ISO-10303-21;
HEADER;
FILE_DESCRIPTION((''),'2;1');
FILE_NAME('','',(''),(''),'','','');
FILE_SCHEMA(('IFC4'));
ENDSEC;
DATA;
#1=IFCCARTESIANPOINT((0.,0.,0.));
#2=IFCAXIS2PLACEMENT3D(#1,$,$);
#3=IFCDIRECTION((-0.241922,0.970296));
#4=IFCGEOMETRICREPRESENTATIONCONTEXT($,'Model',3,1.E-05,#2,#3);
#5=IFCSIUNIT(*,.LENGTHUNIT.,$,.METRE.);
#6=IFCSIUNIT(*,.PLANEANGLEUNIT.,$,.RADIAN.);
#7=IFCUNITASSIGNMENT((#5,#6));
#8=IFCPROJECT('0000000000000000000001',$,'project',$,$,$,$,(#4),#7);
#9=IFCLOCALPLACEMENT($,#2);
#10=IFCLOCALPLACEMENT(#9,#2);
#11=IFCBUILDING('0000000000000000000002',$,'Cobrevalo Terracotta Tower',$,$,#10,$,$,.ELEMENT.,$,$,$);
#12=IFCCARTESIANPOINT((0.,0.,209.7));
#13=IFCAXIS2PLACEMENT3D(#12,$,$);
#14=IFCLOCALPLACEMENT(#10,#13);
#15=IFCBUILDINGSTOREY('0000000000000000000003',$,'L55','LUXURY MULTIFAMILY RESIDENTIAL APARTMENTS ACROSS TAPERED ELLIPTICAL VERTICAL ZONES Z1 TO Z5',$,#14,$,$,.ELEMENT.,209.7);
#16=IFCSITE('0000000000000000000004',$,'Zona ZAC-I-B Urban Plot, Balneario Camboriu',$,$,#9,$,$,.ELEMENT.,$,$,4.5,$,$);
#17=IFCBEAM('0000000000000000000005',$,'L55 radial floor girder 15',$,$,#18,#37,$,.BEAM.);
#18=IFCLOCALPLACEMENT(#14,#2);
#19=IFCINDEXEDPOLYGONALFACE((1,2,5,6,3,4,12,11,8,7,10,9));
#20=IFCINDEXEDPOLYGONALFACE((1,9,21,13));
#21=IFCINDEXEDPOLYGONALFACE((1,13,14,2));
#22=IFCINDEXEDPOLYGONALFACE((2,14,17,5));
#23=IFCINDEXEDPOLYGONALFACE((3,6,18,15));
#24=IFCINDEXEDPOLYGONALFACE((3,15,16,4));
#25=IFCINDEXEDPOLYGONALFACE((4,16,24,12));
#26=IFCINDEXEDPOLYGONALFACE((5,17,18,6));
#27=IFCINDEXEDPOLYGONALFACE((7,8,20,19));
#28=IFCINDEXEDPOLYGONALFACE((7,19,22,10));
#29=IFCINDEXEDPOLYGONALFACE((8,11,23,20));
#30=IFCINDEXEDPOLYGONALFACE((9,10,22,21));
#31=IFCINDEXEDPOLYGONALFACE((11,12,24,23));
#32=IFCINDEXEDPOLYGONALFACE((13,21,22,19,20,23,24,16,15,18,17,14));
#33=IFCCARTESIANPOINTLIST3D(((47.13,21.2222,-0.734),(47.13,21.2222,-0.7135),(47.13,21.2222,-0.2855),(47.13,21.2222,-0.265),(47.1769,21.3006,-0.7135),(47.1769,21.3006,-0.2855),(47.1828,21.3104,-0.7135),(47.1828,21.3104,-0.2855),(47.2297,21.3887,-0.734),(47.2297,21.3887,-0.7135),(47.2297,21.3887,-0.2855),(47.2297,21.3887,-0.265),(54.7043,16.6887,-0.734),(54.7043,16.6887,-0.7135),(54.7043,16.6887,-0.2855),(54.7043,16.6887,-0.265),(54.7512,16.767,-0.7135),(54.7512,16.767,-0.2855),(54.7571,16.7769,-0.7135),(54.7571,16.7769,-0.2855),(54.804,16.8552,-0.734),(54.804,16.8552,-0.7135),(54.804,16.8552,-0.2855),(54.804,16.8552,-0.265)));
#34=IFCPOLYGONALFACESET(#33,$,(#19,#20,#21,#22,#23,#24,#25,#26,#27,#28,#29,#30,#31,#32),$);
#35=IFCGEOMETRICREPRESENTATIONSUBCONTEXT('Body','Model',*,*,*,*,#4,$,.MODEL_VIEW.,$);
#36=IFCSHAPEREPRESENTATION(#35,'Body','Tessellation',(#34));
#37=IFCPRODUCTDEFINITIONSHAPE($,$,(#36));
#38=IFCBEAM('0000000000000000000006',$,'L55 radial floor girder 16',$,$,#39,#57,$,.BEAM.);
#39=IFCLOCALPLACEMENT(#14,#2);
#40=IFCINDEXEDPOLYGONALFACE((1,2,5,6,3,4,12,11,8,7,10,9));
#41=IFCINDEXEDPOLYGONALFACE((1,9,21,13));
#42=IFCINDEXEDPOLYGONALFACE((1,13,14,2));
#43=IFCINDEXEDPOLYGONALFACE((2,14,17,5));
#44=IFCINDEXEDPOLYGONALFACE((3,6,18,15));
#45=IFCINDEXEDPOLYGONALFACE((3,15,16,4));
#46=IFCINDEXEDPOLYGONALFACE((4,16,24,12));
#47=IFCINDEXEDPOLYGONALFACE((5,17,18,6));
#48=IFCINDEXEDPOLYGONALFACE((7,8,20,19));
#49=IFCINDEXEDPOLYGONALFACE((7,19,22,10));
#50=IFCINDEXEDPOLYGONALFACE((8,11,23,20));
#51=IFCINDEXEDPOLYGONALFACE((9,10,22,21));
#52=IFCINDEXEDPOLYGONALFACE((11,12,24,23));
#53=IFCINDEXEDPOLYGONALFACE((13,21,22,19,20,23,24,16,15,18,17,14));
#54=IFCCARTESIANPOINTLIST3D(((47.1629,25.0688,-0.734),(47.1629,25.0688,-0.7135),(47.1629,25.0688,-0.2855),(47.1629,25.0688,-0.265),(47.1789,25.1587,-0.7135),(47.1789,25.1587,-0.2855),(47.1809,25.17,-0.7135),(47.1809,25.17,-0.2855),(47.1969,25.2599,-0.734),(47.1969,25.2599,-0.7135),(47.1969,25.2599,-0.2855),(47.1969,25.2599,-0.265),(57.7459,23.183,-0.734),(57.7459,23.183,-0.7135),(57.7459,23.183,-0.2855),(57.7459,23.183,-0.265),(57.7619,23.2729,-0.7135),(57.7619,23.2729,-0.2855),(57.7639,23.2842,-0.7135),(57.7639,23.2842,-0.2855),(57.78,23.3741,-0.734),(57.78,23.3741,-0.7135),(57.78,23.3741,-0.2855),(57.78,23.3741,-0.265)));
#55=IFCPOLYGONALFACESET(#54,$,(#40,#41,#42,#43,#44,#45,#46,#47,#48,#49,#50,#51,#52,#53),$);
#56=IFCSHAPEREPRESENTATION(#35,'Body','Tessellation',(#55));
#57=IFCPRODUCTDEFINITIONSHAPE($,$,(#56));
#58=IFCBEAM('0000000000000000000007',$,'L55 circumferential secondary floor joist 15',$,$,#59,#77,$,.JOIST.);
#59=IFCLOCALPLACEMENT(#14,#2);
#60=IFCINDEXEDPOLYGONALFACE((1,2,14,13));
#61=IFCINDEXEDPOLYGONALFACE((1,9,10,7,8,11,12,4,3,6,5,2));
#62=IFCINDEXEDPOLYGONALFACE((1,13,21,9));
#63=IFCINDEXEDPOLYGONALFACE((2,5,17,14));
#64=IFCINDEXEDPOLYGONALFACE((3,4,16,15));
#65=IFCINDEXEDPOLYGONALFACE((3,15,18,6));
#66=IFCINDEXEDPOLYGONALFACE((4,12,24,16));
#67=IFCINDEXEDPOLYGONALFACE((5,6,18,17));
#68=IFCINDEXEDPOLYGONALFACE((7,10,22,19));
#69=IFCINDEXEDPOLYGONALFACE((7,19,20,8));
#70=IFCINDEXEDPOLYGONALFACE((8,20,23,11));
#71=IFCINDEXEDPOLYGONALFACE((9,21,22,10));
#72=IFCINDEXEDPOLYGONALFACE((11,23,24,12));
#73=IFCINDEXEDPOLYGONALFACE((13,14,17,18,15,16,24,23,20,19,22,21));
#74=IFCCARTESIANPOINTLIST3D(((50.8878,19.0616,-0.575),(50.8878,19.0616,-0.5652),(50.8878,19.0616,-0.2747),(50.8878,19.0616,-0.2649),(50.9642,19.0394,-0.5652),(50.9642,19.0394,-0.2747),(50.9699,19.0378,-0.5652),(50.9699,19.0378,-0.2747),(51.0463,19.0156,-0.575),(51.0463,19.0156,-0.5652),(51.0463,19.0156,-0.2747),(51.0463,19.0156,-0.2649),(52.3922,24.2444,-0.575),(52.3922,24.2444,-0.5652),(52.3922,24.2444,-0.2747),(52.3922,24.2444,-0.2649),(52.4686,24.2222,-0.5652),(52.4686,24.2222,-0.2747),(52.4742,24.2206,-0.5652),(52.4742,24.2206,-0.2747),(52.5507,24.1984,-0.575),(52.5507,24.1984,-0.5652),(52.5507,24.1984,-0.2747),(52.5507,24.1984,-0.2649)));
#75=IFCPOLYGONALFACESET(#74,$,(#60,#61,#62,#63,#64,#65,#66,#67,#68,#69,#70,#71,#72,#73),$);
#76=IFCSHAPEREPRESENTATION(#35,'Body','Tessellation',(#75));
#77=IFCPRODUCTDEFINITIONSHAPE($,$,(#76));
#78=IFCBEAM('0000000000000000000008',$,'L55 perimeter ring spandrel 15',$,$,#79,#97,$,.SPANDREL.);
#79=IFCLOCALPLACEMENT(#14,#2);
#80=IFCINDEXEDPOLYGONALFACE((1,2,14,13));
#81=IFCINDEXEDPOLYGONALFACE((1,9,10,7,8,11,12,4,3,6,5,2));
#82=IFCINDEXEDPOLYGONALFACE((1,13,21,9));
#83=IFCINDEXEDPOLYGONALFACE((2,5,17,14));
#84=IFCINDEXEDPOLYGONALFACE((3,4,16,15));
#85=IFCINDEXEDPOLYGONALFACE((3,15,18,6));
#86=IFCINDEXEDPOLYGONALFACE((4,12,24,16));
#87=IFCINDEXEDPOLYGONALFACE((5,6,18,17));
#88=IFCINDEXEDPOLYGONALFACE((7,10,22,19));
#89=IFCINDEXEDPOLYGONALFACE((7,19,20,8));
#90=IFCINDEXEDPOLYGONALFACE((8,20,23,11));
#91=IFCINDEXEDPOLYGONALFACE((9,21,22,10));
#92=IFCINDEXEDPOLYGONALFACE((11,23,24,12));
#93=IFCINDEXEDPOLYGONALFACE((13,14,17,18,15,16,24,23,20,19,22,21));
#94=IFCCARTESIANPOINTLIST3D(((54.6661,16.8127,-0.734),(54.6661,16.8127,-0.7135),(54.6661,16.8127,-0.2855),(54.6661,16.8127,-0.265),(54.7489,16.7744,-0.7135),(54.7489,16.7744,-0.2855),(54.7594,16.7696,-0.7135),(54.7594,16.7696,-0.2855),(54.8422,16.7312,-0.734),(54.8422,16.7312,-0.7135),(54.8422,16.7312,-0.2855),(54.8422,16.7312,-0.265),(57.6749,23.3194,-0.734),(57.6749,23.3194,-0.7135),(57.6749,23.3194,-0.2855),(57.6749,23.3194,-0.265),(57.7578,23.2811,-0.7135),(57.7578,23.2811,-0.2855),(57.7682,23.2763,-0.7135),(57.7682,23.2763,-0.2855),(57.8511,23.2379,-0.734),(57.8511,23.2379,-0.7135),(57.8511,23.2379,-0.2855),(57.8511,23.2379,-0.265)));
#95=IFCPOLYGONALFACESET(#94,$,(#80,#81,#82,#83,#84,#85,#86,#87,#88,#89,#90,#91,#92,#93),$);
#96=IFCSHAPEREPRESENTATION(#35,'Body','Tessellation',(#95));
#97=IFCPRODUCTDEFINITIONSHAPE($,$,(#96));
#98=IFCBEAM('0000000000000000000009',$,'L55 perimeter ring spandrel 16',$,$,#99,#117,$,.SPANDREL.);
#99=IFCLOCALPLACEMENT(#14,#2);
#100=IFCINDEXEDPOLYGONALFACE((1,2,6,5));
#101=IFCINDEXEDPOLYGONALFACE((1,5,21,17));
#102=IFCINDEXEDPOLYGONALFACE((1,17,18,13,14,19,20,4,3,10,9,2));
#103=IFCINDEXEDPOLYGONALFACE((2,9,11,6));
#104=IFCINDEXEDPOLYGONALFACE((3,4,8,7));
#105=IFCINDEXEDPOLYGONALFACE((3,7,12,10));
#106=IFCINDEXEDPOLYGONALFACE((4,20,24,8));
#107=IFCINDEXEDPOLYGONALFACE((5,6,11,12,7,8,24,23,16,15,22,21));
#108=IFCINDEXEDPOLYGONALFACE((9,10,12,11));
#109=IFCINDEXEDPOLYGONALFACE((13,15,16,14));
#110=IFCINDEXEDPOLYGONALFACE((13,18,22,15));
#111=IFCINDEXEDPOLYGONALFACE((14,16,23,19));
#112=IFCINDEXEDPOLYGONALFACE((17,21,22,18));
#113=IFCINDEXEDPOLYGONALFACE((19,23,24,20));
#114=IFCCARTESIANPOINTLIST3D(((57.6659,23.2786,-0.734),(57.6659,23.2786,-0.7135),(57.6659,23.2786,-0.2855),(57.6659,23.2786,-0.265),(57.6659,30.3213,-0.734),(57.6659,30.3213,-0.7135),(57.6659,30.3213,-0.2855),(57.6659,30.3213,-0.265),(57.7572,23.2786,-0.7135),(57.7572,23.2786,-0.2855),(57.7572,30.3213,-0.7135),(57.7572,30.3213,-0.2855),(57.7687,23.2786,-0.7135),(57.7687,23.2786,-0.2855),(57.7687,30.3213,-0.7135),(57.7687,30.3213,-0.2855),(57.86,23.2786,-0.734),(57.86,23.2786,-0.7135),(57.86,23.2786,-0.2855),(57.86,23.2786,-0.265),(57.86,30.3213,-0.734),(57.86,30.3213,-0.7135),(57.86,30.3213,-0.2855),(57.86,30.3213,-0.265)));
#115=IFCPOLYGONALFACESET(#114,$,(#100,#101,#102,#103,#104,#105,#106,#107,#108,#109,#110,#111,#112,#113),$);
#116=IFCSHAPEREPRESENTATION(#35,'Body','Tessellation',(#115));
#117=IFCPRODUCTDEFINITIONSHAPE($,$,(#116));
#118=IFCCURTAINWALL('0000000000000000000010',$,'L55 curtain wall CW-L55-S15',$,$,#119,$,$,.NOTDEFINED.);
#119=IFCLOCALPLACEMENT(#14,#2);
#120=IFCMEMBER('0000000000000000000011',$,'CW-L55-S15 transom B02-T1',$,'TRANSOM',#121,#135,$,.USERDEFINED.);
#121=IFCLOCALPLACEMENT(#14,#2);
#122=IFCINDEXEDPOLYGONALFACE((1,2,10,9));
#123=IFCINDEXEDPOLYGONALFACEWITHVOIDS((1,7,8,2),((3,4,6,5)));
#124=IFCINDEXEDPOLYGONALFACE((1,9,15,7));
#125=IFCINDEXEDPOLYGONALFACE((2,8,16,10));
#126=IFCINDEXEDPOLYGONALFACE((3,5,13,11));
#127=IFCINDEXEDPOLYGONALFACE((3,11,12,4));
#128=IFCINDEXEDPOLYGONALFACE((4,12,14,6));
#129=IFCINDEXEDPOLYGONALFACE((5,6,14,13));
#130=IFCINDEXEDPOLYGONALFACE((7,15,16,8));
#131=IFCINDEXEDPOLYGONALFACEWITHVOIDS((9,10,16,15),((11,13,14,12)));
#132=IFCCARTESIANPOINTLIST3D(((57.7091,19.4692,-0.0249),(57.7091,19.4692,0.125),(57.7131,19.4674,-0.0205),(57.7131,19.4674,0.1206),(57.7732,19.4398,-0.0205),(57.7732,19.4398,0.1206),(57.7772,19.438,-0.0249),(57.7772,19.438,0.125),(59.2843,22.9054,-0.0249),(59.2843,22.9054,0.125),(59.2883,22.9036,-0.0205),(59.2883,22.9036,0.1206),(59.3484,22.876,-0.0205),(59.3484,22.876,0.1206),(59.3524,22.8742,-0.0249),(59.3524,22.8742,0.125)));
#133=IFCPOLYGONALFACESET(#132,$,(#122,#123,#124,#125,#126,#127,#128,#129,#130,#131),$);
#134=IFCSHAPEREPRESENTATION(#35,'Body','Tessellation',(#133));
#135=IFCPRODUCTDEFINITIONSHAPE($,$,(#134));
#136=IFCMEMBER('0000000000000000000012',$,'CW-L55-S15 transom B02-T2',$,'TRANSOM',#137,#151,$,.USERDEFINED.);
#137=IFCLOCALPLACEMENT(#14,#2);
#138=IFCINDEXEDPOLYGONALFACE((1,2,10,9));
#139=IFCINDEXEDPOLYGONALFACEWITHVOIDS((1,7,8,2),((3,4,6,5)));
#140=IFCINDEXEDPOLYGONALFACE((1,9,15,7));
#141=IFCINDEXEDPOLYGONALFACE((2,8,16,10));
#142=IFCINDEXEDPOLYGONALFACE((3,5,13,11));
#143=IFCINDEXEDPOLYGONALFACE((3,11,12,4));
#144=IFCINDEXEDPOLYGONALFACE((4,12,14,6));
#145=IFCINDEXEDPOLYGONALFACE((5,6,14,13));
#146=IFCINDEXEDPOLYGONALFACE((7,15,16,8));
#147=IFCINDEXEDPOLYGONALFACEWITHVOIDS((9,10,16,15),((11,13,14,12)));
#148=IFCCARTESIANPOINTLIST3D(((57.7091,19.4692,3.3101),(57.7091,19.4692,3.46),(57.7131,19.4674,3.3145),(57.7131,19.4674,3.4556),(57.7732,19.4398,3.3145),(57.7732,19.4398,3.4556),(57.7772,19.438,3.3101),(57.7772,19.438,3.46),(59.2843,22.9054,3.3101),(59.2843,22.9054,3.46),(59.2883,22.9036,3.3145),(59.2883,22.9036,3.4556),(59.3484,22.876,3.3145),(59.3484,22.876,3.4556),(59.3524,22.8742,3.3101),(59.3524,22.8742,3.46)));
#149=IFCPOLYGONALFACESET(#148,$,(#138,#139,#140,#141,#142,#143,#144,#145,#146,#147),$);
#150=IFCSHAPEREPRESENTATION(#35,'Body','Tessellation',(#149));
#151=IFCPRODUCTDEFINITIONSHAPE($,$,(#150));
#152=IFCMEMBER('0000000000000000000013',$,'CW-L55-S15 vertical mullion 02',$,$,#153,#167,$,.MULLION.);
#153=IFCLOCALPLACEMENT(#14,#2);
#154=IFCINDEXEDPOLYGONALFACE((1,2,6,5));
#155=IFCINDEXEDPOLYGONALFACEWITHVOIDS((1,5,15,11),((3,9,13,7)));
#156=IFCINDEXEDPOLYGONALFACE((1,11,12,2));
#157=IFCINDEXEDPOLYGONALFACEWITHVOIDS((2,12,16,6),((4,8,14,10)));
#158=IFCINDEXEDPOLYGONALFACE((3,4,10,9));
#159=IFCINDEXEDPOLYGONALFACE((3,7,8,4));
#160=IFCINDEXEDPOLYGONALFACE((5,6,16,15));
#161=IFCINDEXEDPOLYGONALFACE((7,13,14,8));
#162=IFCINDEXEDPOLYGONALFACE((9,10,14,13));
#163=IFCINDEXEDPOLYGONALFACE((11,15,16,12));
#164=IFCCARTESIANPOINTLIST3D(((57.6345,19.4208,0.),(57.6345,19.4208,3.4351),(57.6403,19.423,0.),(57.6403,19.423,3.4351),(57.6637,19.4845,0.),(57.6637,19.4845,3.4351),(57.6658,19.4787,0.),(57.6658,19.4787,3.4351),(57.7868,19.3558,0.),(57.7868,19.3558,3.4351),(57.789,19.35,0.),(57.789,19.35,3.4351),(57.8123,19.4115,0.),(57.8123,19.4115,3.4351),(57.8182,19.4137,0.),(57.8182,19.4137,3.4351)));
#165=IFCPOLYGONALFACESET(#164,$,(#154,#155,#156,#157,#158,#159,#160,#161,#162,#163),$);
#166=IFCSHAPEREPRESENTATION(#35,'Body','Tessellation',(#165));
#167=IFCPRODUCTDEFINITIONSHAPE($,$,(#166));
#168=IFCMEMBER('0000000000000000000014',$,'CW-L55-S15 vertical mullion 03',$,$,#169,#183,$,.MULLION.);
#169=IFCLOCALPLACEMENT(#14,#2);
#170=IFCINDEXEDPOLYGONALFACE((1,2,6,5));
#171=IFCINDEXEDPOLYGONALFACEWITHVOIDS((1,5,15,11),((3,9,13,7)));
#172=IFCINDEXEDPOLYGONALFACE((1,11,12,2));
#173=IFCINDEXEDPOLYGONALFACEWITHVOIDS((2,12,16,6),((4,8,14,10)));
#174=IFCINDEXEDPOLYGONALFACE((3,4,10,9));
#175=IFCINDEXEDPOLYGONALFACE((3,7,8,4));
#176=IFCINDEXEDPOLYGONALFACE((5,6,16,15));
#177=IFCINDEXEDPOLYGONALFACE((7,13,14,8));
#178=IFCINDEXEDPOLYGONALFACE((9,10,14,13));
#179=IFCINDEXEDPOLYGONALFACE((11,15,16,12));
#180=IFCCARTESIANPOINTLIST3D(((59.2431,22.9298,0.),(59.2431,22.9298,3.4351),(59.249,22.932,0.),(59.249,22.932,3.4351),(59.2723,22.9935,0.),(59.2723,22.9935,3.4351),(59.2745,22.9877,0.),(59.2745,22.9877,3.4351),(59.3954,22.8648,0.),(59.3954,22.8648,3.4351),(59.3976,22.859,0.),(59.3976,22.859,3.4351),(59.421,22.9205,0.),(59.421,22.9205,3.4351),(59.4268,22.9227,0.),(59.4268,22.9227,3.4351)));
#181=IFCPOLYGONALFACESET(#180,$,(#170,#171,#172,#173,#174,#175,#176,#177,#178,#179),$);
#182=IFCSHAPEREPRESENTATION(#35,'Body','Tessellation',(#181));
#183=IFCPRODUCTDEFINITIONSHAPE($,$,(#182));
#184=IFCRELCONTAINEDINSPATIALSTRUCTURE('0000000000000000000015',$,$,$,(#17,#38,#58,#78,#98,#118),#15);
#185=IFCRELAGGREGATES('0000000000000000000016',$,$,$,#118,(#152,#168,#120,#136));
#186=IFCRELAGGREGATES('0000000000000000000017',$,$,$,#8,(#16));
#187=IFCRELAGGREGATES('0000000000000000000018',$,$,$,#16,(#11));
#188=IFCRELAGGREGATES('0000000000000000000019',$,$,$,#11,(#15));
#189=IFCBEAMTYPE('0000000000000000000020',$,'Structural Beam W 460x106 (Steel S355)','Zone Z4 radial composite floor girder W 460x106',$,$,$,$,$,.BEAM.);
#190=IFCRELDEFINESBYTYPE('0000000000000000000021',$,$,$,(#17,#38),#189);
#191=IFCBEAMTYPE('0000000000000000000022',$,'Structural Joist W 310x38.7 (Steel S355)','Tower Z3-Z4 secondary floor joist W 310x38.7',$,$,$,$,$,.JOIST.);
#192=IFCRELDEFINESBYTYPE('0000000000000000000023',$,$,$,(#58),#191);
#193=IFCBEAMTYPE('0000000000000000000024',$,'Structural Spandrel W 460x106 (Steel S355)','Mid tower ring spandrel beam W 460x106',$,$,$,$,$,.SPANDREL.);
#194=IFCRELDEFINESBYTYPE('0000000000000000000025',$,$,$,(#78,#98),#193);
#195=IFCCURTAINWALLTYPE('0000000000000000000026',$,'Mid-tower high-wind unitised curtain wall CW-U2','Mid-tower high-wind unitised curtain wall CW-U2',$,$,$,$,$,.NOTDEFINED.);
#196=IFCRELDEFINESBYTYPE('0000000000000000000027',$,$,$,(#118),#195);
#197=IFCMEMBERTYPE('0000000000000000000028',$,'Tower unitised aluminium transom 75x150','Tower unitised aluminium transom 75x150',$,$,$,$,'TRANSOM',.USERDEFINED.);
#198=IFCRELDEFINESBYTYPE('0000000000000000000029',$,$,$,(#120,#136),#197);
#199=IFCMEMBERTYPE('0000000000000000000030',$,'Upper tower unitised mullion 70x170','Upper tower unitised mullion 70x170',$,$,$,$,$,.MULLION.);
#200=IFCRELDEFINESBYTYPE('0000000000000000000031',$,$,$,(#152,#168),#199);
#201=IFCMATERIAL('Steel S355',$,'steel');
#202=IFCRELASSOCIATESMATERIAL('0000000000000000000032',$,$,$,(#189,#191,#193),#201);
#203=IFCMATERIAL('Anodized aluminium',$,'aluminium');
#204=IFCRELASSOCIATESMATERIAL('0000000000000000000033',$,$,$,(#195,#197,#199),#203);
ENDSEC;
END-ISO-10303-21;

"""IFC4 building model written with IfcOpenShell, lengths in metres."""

from ifc_helpers import new_model, si_unit, direction, frame, origin, origin_2d, place, context, subcontext, project, spatial, hollow_rectangle, i_section, extrude, source, transform, mapped, material, material_profile, profile_set, type_object, element, aggregate, save


model = new_model("IFC4")

# Units and contexts
model_context = context("Model", 3, precision=1e-05, world=origin(), true_north=direction((-0.241922, 0.970296)))
body_context = subcontext(model_context, "Body", "Model", "MODEL_VIEW")
ifc_project = project(units=[si_unit("LENGTHUNIT", "METRE"), si_unit("PLANEANGLEUNIT", "RADIAN")], contexts=[model_context])

# Site, building, storey
site_placement = place(None, origin())
site = spatial("IfcSite", under=ifc_project, at=site_placement, Name="Zona ZAC-I-B Urban Plot, Balneario Camboriu", CompositionType="ELEMENT", RefElevation=4.5)
building_placement = place(site_placement, origin())
building = spatial("IfcBuilding", under=site, at=building_placement, Name="Cobrevalo Terracotta Tower", CompositionType="ELEMENT")
storey_placement = place(building_placement, frame((0.0, 0.0, 209.7)))
storey = spatial("IfcBuildingStorey", under=building, at=storey_placement, Name="L55", Description="LUXURY MULTIFAMILY RESIDENTIAL APARTMENTS ACROSS TAPERED ELLIPTICAL VERTICAL ZONES Z1 TO Z5", CompositionType="ELEMENT", Elevation=209.7)

# Shared definitions
ifc_material_1 = material(Name="Steel S355", Category="steel")

# Beams
ifc_material_profile_1 = material_profile(ifc_material_1, i_section(OverallWidth=0.1941, OverallDepth=0.469, WebThickness=0.0115, FlangeThickness=0.0205, at=origin_2d()), Name="W 460x106")
ifc_profile_set_1 = profile_set([ifc_material_profile_1], Name="Steel S355")
beam_type_1 = type_object("IfcBeamType", Name="Structural Beam W 460x106 (Steel S355)", Description="Zone Z4 radial composite floor girder W 460x106", PredefinedType="BEAM", material=ifc_profile_set_1)
beam_1_placement = place(storey_placement, frame((54.7542, 16.772, -0.4995), z_axis=(-0.858046, 0.513572, 0.0), x_axis=(-0.513572, -0.858046, 0.0)))
element("IfcBeam", 1, at=beam_1_placement, inside=storey, type_object=beam_type_1, Name="L55 radial floor girder 15", PredefinedType="BEAM", context=body_context, shape_type="SweptSolid", body=[
    extrude(i_section(OverallWidth=0.1941, OverallDepth=0.469, WebThickness=0.0115, FlangeThickness=0.0205, at=origin_2d()), origin(), (0.0, 0.0, 1.0), 8.8274),
])
beam_2_placement = place(storey_placement, frame((57.7629, 23.2786, -0.4995), z_axis=(-0.984493, 0.175423, 0.0), x_axis=(-0.175423, -0.984493, 0.0)))
element("IfcBeam", 2, at=beam_2_placement, inside=storey, type_object=beam_type_1, Name="L55 radial floor girder 16", PredefinedType="BEAM", context=body_context, shape_type="SweptSolid", body=[
    extrude(i_section(OverallWidth=0.1941, OverallDepth=0.469, WebThickness=0.0115, FlangeThickness=0.0205, at=origin_2d()), origin(), (0.0, 0.0, 1.0), 10.7498),
])
ifc_material_profile_2 = material_profile(ifc_material_1, i_section(OverallWidth=0.165, OverallDepth=0.3101, WebThickness=0.0059, FlangeThickness=0.0098, at=origin_2d()), Name="W 310x38.7")
ifc_profile_set_2 = profile_set([ifc_material_profile_2], Name="Steel S355")
beam_type_2 = type_object("IfcBeamType", Name="Structural Joist W 310x38.7 (Steel S355)", Description="Tower Z3-Z4 secondary floor joist W 310x38.7", PredefinedType="JOIST", material=ifc_profile_set_2)
beam_3_placement = place(storey_placement, frame((50.967, 19.0386, -0.4199), z_axis=(0.278758, 0.960361, 0.0), x_axis=(-0.960361, 0.278758, 0.0)))
element("IfcBeam", 3, at=beam_3_placement, inside=storey, type_object=beam_type_2, Name="L55 circumferential secondary floor joist 15", PredefinedType="JOIST", context=body_context, shape_type="SweptSolid", body=[
    extrude(i_section(OverallWidth=0.165, OverallDepth=0.3101, WebThickness=0.0059, FlangeThickness=0.0098, at=origin_2d()), origin(), (0.0, 0.0, 1.0), 5.3967),
])
ifc_material_profile_3 = material_profile(ifc_material_1, i_section(OverallWidth=0.1941, OverallDepth=0.469, WebThickness=0.0115, FlangeThickness=0.0205, at=origin_2d()), Name="W 460x106")
ifc_profile_set_3 = profile_set([ifc_material_profile_3], Name="Steel S355")
beam_type_3 = type_object("IfcBeamType", Name="Structural Spandrel W 460x106 (Steel S355)", Description="Mid tower ring spandrel beam W 460x106", PredefinedType="SPANDREL", material=ifc_profile_set_3)
beam_4_placement = place(storey_placement, frame((54.7542, 16.772, -0.4995), z_axis=(0.419719, 0.907654, 0.0), x_axis=(-0.907654, 0.419719, 0.0)))
element("IfcBeam", 4, at=beam_4_placement, inside=storey, type_object=beam_type_3, Name="L55 perimeter ring spandrel 15", PredefinedType="SPANDREL", context=body_context, shape_type="SweptSolid", body=[
    extrude(i_section(OverallWidth=0.1941, OverallDepth=0.469, WebThickness=0.0115, FlangeThickness=0.0205, at=origin_2d()), origin(), (0.0, 0.0, 1.0), 7.1687),
])
beam_5_placement = place(storey_placement, frame((57.7629, 23.2786, -0.4995), z_axis=(0.0, 1.0, 0.0), x_axis=(-1.0, 0.0, 0.0)))
element("IfcBeam", 5, at=beam_5_placement, inside=storey, type_object=beam_type_3, Name="L55 perimeter ring spandrel 16", PredefinedType="SPANDREL", context=body_context, shape_type="SweptSolid", body=[
    extrude(i_section(OverallWidth=0.1941, OverallDepth=0.469, WebThickness=0.0115, FlangeThickness=0.0205, at=origin_2d()), origin(), (0.0, 0.0, 1.0), 7.0427),
])

# Curtain wall, members
ifc_material_2 = material(Name="Anodized aluminium", Category="aluminium")
curtain_wall_type = type_object("IfcCurtainWallType", Name="Mid-tower high-wind unitised curtain wall CW-U2", Description="Mid-tower high-wind unitised curtain wall CW-U2", PredefinedType="NOTDEFINED", material=ifc_material_2)
curtain_wall_placement = place(storey_placement, origin())
curtain_wall = element("IfcCurtainWall", 6, at=curtain_wall_placement, inside=storey, type_object=curtain_wall_type, Name="L55 curtain wall CW-L55-S15", PredefinedType="NOTDEFINED")
ifc_material_profile_4 = material_profile(ifc_material_2, hollow_rectangle(XDim=0.075, YDim=0.1499, WallThickness=0.0044, at=origin_2d()), Name="CWT 75x150")
ifc_profile_set_4 = profile_set([ifc_material_profile_4], Name="Anodized aluminium")
member_type_1 = type_object("IfcMemberType", Name="Tower unitised aluminium transom 75x150", Description="Tower unitised aluminium transom 75x150", ElementType="TRANSOM", PredefinedType="USERDEFINED", material=ifc_profile_set_4)
shared_shape_1 = source(origin(), body_context, "Body", "SweptSolid", [
    extrude(hollow_rectangle(XDim=0.075, YDim=0.1499, WallThickness=0.0044, at=origin_2d()), origin(), (0.0, 0.0, 1.0), 3.78),
])
member_1_placement = place(storey_placement, frame((57.7432, 19.4536, 0.05), z_axis=(0.416706, 0.909041, 0.0), x_axis=(-0.909041, 0.416706, 0.0)))
member_1 = element("IfcMember", 7, at=member_1_placement, type_object=member_type_1, Name="CW-L55-S15 transom B02-T1", ObjectType="TRANSOM", PredefinedType="USERDEFINED", context=body_context, shape_type="MappedRepresentation", body=[
    mapped(shared_shape_1, transform((0.0, 0.0, 0.0), scale=1.0)),
])
member_2_placement = place(storey_placement, frame((57.7432, 19.4536, 3.385), z_axis=(0.416706, 0.909041, 0.0), x_axis=(-0.909041, 0.416706, 0.0)))
member_2 = element("IfcMember", 8, at=member_2_placement, type_object=member_type_1, Name="CW-L55-S15 transom B02-T2", ObjectType="TRANSOM", PredefinedType="USERDEFINED", context=body_context, shape_type="MappedRepresentation", body=[
    mapped(shared_shape_1, transform((0.0, 0.0, 0.0), scale=1.0)),
])
ifc_material_profile_5 = material_profile(ifc_material_2, hollow_rectangle(XDim=0.0701, YDim=0.1699, WallThickness=0.0044, at=origin_2d()), Name="CWM 70x170")
ifc_profile_set_5 = profile_set([ifc_material_profile_5], Name="Anodized aluminium")
member_type_2 = type_object("IfcMemberType", Name="Upper tower unitised mullion 70x170", Description="Upper tower unitised mullion 70x170", PredefinedType="MULLION", material=ifc_profile_set_5)
shared_shape_2 = source(origin(), body_context, "Body", "SweptSolid", [
    extrude(hollow_rectangle(XDim=0.0701, YDim=0.1699, WallThickness=0.0044, at=origin_2d()), origin(), (0.0, 0.0, 1.0), 3.4351),
])
member_3_placement = place(storey_placement, frame((57.7263, 19.4172, 0.0), z_axis=(0.0, 0.0, 1.0), x_axis=(0.416725, 0.909033, 0.0)))
member_3 = element("IfcMember", 9, at=member_3_placement, type_object=member_type_2, Name="CW-L55-S15 vertical mullion 02", PredefinedType="MULLION", context=body_context, shape_type="MappedRepresentation", body=[
    mapped(shared_shape_2, transform((0.0, 0.0, 0.0), scale=1.0)),
])
member_4_placement = place(storey_placement, frame((59.335, 22.9263, 0.0), z_axis=(0.0, 0.0, 1.0), x_axis=(0.416725, 0.909033, 0.0)))
member_4 = element("IfcMember", 10, at=member_4_placement, type_object=member_type_2, Name="CW-L55-S15 vertical mullion 03", PredefinedType="MULLION", context=body_context, shape_type="MappedRepresentation", body=[
    mapped(shared_shape_2, transform((0.0, 0.0, 0.0), scale=1.0)),
])
aggregate(curtain_wall, [member_3, member_4, member_1, member_2])

save(model, "model.ifc")
